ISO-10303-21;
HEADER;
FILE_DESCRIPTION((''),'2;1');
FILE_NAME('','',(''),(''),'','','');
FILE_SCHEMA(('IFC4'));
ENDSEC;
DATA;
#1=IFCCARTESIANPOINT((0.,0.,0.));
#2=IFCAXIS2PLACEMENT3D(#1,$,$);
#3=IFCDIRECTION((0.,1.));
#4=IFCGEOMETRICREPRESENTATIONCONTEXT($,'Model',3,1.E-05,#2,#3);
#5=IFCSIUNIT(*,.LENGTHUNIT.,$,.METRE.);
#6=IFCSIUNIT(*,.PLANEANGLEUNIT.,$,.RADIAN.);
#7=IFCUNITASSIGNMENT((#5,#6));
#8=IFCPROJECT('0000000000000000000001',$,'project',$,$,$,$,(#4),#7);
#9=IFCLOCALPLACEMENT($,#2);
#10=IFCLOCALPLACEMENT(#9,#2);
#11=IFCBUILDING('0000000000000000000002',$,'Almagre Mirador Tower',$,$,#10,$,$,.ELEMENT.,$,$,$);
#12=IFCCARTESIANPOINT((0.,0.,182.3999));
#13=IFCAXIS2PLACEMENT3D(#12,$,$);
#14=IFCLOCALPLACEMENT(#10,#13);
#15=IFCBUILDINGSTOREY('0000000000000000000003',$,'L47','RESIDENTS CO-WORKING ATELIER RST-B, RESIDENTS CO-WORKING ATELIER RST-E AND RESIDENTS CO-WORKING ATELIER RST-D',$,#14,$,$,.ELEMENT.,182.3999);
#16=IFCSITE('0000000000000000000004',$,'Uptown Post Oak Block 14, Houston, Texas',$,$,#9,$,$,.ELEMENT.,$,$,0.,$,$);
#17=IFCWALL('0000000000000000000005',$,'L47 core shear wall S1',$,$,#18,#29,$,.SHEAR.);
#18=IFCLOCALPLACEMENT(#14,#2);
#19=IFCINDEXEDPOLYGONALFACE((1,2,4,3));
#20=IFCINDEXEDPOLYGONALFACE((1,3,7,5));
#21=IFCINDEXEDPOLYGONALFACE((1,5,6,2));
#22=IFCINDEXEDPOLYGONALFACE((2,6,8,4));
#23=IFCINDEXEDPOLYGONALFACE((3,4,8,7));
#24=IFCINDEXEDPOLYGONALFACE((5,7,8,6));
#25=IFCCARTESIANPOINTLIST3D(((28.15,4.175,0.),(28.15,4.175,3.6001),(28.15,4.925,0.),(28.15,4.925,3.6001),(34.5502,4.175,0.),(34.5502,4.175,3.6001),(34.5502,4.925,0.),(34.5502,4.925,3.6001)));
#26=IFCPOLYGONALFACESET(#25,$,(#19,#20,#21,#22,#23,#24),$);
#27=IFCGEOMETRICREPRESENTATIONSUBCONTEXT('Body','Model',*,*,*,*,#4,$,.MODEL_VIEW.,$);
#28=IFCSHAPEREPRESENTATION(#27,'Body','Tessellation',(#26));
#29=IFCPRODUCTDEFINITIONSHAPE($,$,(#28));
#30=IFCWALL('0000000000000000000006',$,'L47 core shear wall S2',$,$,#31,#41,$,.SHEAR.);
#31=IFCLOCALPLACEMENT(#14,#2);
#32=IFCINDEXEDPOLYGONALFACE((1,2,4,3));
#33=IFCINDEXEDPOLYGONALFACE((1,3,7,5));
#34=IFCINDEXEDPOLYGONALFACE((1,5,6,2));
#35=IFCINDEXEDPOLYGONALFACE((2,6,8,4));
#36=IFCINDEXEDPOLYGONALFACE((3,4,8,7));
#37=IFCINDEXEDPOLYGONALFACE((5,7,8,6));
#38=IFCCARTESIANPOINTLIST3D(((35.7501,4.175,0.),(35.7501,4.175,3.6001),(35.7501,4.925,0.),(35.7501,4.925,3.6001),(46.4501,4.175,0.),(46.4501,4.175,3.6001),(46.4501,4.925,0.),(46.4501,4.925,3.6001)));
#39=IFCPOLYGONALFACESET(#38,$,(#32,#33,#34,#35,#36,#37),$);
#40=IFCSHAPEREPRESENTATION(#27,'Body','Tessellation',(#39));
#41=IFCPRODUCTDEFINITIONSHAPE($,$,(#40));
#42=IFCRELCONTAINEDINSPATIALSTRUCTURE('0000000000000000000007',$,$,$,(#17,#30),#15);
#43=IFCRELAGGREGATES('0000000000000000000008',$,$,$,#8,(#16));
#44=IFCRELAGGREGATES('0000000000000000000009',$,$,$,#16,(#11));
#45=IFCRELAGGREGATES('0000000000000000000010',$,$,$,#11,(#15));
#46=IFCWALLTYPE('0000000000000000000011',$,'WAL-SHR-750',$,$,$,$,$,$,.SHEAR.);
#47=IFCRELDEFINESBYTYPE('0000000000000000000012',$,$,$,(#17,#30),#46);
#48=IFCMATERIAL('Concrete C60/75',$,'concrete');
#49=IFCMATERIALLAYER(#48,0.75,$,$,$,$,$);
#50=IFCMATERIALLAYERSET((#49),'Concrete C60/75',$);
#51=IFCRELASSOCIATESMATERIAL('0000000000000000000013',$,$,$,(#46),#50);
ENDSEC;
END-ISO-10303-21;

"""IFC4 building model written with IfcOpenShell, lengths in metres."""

from ifc_helpers import new_model, si_unit, direction, frame, frame_2d, origin, place, context, subcontext, project, spatial, rectangle, extrude, material, layer, layer_set, type_object, element, save


model = new_model("IFC4")

# Units and contexts
model_context = context("Model", 3, precision=1e-05, world=origin(), true_north=direction((0.0, 1.0)))
body_context = subcontext(model_context, "Body", "Model", "MODEL_VIEW")
ifc_project = project(units=[si_unit("LENGTHUNIT", "METRE"), si_unit("PLANEANGLEUNIT", "RADIAN")], contexts=[model_context])

# Site, building, storey
site_placement = place(None, origin())
site = spatial("IfcSite", under=ifc_project, at=site_placement, Name="Uptown Post Oak Block 14, Houston, Texas", CompositionType="ELEMENT", RefElevation=0.0)
building_placement = place(site_placement, origin())
building = spatial("IfcBuilding", under=site, at=building_placement, Name="Almagre Mirador Tower", CompositionType="ELEMENT")
storey_placement = place(building_placement, frame((0.0, 0.0, 182.3999)))
storey = spatial("IfcBuildingStorey", under=building, at=storey_placement, Name="L47", Description="RESIDENTS CO-WORKING ATELIER RST-B, RESIDENTS CO-WORKING ATELIER RST-E AND RESIDENTS CO-WORKING ATELIER RST-D", CompositionType="ELEMENT", Elevation=182.3999)

# Walls
ifc_material_1 = material(Name="Concrete C60/75", Category="concrete")
ifc_layer_1 = layer(ifc_material_1, 0.75)
ifc_layer_set_1 = layer_set([ifc_layer_1], Name="Concrete C60/75")
wall_type_1 = type_object("IfcWallType", Name="WAL-SHR-750", PredefinedType="SHEAR", material=ifc_layer_set_1)
wall_1_placement = place(storey_placement, frame((28.1499, 4.55, 0.0), z_axis=(0.0, 0.0, 1.0), x_axis=(1.0, 0.0, 0.0)))
element("IfcWall", 1, at=wall_1_placement, inside=storey, type_object=wall_type_1, Name="L47 core shear wall S1", PredefinedType="SHEAR", context=body_context, shape_type="SweptSolid", body=[
    extrude(rectangle(XDim=6.4001, YDim=0.75, at=frame_2d((3.2002, 0.0))), origin(), (0.0, 0.0, 1.0), 3.6001),
])
wall_2_placement = place(storey_placement, frame((35.75, 4.55, 0.0), z_axis=(0.0, 0.0, 1.0), x_axis=(1.0, 0.0, 0.0)))
element("IfcWall", 2, at=wall_2_placement, inside=storey, type_object=wall_type_1, Name="L47 core shear wall S2", PredefinedType="SHEAR", context=body_context, shape_type="SweptSolid", body=[
    extrude(rectangle(XDim=10.7, YDim=0.75, at=frame_2d((5.3501, 0.0))), origin(), (0.0, 0.0, 1.0), 3.6001),
])

save(model, "model.ifc")
